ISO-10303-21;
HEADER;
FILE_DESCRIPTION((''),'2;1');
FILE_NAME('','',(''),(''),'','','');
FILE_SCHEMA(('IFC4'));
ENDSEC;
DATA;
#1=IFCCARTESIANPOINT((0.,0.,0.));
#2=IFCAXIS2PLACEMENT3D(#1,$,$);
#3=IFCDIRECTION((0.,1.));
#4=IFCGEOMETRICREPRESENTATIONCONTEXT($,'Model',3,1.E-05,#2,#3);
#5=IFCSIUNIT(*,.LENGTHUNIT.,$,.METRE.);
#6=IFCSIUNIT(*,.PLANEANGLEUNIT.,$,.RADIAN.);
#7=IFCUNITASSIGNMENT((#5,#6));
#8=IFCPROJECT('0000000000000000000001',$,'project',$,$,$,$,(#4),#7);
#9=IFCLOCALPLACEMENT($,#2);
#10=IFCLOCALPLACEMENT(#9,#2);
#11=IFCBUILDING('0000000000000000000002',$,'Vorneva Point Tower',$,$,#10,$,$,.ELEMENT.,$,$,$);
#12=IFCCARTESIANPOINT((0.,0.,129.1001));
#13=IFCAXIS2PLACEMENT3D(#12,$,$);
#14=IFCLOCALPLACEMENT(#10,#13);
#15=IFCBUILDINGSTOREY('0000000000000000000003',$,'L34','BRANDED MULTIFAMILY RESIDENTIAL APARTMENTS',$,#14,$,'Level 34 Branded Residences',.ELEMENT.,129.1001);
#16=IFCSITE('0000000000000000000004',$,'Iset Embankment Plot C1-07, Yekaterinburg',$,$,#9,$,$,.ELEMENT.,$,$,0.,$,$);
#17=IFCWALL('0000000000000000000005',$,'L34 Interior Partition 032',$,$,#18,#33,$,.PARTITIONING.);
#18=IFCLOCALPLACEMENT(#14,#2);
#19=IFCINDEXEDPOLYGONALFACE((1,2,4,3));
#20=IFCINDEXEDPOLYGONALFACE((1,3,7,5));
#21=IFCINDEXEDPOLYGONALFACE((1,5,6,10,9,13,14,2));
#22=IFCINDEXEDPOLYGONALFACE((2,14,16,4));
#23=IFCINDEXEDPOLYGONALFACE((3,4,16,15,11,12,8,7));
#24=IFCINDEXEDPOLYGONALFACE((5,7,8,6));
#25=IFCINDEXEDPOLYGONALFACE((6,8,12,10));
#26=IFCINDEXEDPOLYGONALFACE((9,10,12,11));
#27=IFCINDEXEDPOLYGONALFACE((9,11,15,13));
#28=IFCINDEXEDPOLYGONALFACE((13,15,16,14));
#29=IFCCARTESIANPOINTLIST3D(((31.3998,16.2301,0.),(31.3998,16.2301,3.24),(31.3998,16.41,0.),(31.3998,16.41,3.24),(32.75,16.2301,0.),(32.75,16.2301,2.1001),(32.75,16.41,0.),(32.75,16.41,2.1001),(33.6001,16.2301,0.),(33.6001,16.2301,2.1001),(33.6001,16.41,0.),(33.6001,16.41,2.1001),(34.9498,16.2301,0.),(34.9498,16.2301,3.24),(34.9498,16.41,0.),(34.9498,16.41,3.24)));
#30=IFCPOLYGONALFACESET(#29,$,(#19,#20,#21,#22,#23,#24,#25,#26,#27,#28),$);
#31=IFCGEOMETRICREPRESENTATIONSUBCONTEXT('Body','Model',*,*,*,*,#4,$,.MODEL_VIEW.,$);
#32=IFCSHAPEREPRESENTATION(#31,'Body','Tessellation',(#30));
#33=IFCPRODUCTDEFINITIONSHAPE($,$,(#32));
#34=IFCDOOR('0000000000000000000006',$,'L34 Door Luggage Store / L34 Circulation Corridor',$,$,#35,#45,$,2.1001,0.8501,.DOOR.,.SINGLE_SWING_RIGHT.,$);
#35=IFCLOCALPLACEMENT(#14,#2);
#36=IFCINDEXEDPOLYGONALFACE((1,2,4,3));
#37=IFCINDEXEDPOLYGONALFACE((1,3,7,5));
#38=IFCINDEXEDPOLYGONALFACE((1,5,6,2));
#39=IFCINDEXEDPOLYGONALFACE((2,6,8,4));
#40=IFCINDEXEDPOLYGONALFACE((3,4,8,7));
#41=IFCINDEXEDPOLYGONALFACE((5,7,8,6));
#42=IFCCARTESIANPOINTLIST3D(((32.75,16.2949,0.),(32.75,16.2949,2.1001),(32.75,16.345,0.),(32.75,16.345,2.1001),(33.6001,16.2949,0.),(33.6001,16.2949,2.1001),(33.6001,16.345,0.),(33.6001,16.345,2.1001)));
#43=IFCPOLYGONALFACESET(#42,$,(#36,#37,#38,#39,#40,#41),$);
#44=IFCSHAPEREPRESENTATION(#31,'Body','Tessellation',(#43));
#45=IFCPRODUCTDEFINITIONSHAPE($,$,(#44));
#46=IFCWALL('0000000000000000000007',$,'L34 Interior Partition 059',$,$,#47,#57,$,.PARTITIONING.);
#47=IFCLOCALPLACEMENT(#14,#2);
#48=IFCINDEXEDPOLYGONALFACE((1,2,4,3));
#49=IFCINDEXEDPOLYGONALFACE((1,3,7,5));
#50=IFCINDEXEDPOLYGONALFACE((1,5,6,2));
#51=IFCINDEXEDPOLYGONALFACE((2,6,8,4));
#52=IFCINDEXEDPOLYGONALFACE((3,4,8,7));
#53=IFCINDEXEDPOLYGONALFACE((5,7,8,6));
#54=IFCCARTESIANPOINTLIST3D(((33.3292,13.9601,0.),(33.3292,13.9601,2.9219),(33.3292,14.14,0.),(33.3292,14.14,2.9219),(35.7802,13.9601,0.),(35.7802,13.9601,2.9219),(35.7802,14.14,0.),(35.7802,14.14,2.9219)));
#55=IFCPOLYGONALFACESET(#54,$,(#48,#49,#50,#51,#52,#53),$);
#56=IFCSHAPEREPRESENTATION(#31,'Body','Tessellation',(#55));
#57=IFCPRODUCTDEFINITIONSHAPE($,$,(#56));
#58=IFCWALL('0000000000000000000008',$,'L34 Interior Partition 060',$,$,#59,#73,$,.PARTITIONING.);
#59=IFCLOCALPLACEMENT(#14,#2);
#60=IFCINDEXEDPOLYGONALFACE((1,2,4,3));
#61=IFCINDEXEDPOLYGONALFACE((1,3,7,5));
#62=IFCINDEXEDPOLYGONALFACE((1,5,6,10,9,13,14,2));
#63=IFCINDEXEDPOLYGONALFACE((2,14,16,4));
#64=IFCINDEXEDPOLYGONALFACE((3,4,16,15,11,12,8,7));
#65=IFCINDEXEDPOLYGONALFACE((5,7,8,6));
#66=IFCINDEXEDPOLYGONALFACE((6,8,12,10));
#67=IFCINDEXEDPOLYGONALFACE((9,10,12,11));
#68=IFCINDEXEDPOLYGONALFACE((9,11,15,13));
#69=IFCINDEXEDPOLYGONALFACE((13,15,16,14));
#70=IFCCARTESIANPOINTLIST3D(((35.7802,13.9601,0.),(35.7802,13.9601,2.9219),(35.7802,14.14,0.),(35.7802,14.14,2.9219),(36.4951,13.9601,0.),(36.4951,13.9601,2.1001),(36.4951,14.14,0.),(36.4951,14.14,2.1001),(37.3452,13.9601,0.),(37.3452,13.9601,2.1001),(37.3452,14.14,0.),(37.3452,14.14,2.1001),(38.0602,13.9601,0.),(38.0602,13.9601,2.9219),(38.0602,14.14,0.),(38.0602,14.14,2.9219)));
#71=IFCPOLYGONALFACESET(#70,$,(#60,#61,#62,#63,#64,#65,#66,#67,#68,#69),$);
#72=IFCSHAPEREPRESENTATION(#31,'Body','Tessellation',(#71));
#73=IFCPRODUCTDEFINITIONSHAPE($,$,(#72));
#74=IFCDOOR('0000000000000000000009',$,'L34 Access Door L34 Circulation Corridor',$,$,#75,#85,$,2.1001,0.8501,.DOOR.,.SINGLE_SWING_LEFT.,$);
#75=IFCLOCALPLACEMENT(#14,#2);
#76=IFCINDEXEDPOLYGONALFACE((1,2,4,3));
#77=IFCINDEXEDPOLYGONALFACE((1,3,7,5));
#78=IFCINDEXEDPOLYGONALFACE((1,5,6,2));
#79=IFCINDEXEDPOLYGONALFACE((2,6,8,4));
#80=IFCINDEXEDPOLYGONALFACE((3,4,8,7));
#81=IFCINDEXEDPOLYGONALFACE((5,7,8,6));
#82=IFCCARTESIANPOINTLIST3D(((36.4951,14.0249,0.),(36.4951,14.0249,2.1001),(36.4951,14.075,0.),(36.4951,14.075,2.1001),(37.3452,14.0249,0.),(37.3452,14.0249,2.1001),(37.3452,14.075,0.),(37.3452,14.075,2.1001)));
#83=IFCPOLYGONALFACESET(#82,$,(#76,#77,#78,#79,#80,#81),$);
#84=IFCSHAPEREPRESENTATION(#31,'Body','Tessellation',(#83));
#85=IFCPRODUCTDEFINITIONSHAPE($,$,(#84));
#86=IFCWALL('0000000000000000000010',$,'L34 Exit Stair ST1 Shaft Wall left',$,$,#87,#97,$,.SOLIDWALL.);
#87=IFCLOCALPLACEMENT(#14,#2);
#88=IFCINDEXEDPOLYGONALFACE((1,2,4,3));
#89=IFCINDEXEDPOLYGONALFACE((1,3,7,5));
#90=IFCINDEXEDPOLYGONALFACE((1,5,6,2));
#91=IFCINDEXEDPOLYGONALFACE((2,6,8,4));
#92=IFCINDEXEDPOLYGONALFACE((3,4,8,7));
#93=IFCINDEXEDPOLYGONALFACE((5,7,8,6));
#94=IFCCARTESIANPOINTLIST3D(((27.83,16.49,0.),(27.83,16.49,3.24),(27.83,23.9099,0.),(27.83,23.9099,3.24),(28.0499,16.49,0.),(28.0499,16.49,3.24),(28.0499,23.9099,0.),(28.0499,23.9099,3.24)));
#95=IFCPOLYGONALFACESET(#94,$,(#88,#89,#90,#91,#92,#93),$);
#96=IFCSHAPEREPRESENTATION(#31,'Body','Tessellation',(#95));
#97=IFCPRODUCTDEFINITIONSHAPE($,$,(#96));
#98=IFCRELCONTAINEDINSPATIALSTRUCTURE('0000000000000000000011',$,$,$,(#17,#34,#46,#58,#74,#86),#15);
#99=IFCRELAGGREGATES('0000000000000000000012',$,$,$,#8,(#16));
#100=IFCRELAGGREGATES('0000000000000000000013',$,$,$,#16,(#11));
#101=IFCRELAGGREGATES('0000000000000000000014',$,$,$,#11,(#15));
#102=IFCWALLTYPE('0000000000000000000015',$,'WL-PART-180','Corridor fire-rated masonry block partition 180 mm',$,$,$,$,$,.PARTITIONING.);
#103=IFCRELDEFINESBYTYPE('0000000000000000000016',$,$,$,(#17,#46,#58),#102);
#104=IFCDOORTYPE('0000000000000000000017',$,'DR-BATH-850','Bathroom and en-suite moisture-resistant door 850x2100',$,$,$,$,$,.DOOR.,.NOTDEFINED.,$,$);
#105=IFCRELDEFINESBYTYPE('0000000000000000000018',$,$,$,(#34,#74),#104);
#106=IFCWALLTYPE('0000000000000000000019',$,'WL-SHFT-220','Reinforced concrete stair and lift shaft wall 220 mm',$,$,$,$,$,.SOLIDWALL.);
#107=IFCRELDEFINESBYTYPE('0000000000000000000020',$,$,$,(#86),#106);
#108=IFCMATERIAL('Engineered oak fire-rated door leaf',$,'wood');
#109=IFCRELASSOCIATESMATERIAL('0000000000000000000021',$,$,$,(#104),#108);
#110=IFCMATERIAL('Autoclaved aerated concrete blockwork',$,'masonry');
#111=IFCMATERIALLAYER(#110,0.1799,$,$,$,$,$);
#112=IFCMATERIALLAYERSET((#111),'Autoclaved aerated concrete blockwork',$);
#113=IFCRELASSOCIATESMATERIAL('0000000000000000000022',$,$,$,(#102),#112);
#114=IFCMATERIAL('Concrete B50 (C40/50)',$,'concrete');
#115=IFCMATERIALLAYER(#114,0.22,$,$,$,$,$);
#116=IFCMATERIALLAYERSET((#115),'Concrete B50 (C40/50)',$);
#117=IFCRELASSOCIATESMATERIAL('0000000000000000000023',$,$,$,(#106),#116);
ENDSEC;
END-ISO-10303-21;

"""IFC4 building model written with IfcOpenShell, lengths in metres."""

from ifc_helpers import new_model, si_unit, direction, frame, frame_2d, origin, place, context, subcontext, project, spatial, rectangle, extrude, material, layer, layer_set, type_object, element, fill, save


model = new_model("IFC4")

# Units and contexts
model_context = context("Model", 3, precision=1e-05, world=origin(), true_north=direction((0.0, 1.0)))
body_context = subcontext(model_context, "Body", "Model", "MODEL_VIEW")
ifc_project = project(units=[si_unit("LENGTHUNIT", "METRE"), si_unit("PLANEANGLEUNIT", "RADIAN")], contexts=[model_context])

# Site, building, storey
site_placement = place(None, origin())
site = spatial("IfcSite", under=ifc_project, at=site_placement, Name="Iset Embankment Plot C1-07, Yekaterinburg", CompositionType="ELEMENT", RefElevation=0.0)
building_placement = place(site_placement, origin())
building = spatial("IfcBuilding", under=site, at=building_placement, Name="Vorneva Point Tower", CompositionType="ELEMENT")
storey_placement = place(building_placement, frame((0.0, 0.0, 129.1001)))
storey = spatial("IfcBuildingStorey", under=building, at=storey_placement, Name="L34", Description="BRANDED MULTIFAMILY RESIDENTIAL APARTMENTS", LongName="Level 34 Branded Residences", CompositionType="ELEMENT", Elevation=129.1001)

# Shared definitions
ifc_material_1 = material(Name="Engineered oak fire-rated door leaf", Category="wood")
door_type_1 = type_object("IfcDoorType", Name="DR-BATH-850", Description="Bathroom and en-suite moisture-resistant door 850x2100", OperationType="NOTDEFINED", PredefinedType="DOOR", material=ifc_material_1)

# Wall, opening, door
ifc_material_2 = material(Name="Autoclaved aerated concrete blockwork", Category="masonry")
ifc_layer_1 = layer(ifc_material_2, 0.1799)
ifc_layer_set_1 = layer_set([ifc_layer_1], Name="Autoclaved aerated concrete blockwork")
wall_type_1 = type_object("IfcWallType", Name="WL-PART-180", Description="Corridor fire-rated masonry block partition 180 mm", PredefinedType="PARTITIONING", material=ifc_layer_set_1)
wall_1_placement = place(storey_placement, frame((31.3999, 16.3201, 0.0), z_axis=(0.0, 0.0, 1.0), x_axis=(1.0, 0.0, 0.0)))
wall_1 = element("IfcWall", 1, at=wall_1_placement, inside=storey, type_object=wall_type_1, Name="L34 Interior Partition 032", PredefinedType="PARTITIONING", context=body_context, shape_type="SweptSolid", body=[
    extrude(rectangle(XDim=3.55, YDim=0.1799, at=frame_2d((1.7749, 0.0))), origin(), (0.0, 0.0, 1.0), 3.24),
])
opening_1_placement = place(wall_1_placement, frame((1.3501, 0.0, 0.0)))
opening_1 = element("IfcOpeningElement", 2, at=opening_1_placement, cuts=wall_1, PredefinedType="OPENING", context=body_context, shape_type="SweptSolid", body=[
    extrude(rectangle(XDim=0.8501, YDim=2.1001, at=frame_2d((0.425, 1.05))), frame((0.0, 0.105, 0.0), z_axis=(0.0, -1.0, 0.0), x_axis=(1.0, 0.0, 0.0)), (0.0, 0.0, 1.0), 0.2097),
])
door_1_placement = place(opening_1_placement, origin())
door_1 = element("IfcDoor", 3, at=door_1_placement, inside=storey, type_object=door_type_1, Name="L34 Door Luggage Store / L34 Circulation Corridor", OperationType="SINGLE_SWING_RIGHT", OverallHeight=2.1001, OverallWidth=0.8501, PredefinedType="DOOR", context=body_context, shape_type="SweptSolid", body=[
    extrude(rectangle(XDim=0.8501, YDim=2.1001, at=frame_2d((0.425, 1.05))), frame((0.0, 0.0249, 0.0), z_axis=(0.0, -1.0, 0.0), x_axis=(1.0, 0.0, 0.0)), (0.0, 0.0, 1.0), 0.05),
])
fill(opening_1, door_1)

# Wall
wall_2_placement = place(storey_placement, frame((33.3291, 14.05, 0.0), z_axis=(0.0, 0.0, 1.0), x_axis=(1.0, 0.0, 0.0)))
element("IfcWall", 4, at=wall_2_placement, inside=storey, type_object=wall_type_1, Name="L34 Interior Partition 059", PredefinedType="PARTITIONING", context=body_context, shape_type="SweptSolid", body=[
    extrude(rectangle(XDim=2.4509, YDim=0.1799, at=frame_2d((1.2256, 0.0))), origin(), (0.0, 0.0, 1.0), 2.9219),
])

# Wall, opening, door
wall_3_placement = place(storey_placement, frame((35.78, 14.05, 0.0), z_axis=(0.0, 0.0, 1.0), x_axis=(1.0, 0.0, 0.0)))
wall_3 = element("IfcWall", 5, at=wall_3_placement, inside=storey, type_object=wall_type_1, Name="L34 Interior Partition 060", PredefinedType="PARTITIONING", context=body_context, shape_type="SweptSolid", body=[
    extrude(rectangle(XDim=2.28, YDim=0.1799, at=frame_2d((1.1401, 0.0))), origin(), (0.0, 0.0, 1.0), 2.9219),
])
opening_2_placement = place(wall_3_placement, frame((0.7151, 0.0, 0.0)))
opening_2 = element("IfcOpeningElement", 6, at=opening_2_placement, cuts=wall_3, PredefinedType="OPENING", context=body_context, shape_type="SweptSolid", body=[
    extrude(rectangle(XDim=0.8501, YDim=2.1001, at=frame_2d((0.425, 1.05))), frame((0.0, 0.105, 0.0), z_axis=(0.0, -1.0, 0.0), x_axis=(1.0, 0.0, 0.0)), (0.0, 0.0, 1.0), 0.2097),
])
door_2_placement = place(opening_2_placement, origin())
door_2 = element("IfcDoor", 7, at=door_2_placement, inside=storey, type_object=door_type_1, Name="L34 Access Door L34 Circulation Corridor", OperationType="SINGLE_SWING_LEFT", OverallHeight=2.1001, OverallWidth=0.8501, PredefinedType="DOOR", context=body_context, shape_type="SweptSolid", body=[
    extrude(rectangle(XDim=0.8501, YDim=2.1001, at=frame_2d((0.425, 1.05))), frame((0.0, 0.0249, 0.0), z_axis=(0.0, -1.0, 0.0), x_axis=(1.0, 0.0, 0.0)), (0.0, 0.0, 1.0), 0.05),
])
fill(opening_2, door_2)

# Wall
ifc_material_3 = material(Name="Concrete B50 (C40/50)", Category="concrete")
ifc_layer_2 = layer(ifc_material_3, 0.22)
ifc_layer_set_2 = layer_set([ifc_layer_2], Name="Concrete B50 (C40/50)")
wall_type_2 = type_object("IfcWallType", Name="WL-SHFT-220", Description="Reinforced concrete stair and lift shaft wall 220 mm", PredefinedType="SOLIDWALL", material=ifc_layer_set_2)
wall_4_placement = place(storey_placement, frame((27.9399, 16.49, 0.0), z_axis=(0.0, 0.0, 1.0), x_axis=(0.0, 1.0, 0.0)))
element("IfcWall", 8, at=wall_4_placement, inside=storey, type_object=wall_type_2, Name="L34 Exit Stair ST1 Shaft Wall left", PredefinedType="SOLIDWALL", context=body_context, shape_type="SweptSolid", body=[
    extrude(rectangle(XDim=7.4199, YDim=0.22, at=frame_2d((3.71, 0.0))), origin(), (0.0, 0.0, 1.0), 3.24),
])

save(model, "model.ifc")
